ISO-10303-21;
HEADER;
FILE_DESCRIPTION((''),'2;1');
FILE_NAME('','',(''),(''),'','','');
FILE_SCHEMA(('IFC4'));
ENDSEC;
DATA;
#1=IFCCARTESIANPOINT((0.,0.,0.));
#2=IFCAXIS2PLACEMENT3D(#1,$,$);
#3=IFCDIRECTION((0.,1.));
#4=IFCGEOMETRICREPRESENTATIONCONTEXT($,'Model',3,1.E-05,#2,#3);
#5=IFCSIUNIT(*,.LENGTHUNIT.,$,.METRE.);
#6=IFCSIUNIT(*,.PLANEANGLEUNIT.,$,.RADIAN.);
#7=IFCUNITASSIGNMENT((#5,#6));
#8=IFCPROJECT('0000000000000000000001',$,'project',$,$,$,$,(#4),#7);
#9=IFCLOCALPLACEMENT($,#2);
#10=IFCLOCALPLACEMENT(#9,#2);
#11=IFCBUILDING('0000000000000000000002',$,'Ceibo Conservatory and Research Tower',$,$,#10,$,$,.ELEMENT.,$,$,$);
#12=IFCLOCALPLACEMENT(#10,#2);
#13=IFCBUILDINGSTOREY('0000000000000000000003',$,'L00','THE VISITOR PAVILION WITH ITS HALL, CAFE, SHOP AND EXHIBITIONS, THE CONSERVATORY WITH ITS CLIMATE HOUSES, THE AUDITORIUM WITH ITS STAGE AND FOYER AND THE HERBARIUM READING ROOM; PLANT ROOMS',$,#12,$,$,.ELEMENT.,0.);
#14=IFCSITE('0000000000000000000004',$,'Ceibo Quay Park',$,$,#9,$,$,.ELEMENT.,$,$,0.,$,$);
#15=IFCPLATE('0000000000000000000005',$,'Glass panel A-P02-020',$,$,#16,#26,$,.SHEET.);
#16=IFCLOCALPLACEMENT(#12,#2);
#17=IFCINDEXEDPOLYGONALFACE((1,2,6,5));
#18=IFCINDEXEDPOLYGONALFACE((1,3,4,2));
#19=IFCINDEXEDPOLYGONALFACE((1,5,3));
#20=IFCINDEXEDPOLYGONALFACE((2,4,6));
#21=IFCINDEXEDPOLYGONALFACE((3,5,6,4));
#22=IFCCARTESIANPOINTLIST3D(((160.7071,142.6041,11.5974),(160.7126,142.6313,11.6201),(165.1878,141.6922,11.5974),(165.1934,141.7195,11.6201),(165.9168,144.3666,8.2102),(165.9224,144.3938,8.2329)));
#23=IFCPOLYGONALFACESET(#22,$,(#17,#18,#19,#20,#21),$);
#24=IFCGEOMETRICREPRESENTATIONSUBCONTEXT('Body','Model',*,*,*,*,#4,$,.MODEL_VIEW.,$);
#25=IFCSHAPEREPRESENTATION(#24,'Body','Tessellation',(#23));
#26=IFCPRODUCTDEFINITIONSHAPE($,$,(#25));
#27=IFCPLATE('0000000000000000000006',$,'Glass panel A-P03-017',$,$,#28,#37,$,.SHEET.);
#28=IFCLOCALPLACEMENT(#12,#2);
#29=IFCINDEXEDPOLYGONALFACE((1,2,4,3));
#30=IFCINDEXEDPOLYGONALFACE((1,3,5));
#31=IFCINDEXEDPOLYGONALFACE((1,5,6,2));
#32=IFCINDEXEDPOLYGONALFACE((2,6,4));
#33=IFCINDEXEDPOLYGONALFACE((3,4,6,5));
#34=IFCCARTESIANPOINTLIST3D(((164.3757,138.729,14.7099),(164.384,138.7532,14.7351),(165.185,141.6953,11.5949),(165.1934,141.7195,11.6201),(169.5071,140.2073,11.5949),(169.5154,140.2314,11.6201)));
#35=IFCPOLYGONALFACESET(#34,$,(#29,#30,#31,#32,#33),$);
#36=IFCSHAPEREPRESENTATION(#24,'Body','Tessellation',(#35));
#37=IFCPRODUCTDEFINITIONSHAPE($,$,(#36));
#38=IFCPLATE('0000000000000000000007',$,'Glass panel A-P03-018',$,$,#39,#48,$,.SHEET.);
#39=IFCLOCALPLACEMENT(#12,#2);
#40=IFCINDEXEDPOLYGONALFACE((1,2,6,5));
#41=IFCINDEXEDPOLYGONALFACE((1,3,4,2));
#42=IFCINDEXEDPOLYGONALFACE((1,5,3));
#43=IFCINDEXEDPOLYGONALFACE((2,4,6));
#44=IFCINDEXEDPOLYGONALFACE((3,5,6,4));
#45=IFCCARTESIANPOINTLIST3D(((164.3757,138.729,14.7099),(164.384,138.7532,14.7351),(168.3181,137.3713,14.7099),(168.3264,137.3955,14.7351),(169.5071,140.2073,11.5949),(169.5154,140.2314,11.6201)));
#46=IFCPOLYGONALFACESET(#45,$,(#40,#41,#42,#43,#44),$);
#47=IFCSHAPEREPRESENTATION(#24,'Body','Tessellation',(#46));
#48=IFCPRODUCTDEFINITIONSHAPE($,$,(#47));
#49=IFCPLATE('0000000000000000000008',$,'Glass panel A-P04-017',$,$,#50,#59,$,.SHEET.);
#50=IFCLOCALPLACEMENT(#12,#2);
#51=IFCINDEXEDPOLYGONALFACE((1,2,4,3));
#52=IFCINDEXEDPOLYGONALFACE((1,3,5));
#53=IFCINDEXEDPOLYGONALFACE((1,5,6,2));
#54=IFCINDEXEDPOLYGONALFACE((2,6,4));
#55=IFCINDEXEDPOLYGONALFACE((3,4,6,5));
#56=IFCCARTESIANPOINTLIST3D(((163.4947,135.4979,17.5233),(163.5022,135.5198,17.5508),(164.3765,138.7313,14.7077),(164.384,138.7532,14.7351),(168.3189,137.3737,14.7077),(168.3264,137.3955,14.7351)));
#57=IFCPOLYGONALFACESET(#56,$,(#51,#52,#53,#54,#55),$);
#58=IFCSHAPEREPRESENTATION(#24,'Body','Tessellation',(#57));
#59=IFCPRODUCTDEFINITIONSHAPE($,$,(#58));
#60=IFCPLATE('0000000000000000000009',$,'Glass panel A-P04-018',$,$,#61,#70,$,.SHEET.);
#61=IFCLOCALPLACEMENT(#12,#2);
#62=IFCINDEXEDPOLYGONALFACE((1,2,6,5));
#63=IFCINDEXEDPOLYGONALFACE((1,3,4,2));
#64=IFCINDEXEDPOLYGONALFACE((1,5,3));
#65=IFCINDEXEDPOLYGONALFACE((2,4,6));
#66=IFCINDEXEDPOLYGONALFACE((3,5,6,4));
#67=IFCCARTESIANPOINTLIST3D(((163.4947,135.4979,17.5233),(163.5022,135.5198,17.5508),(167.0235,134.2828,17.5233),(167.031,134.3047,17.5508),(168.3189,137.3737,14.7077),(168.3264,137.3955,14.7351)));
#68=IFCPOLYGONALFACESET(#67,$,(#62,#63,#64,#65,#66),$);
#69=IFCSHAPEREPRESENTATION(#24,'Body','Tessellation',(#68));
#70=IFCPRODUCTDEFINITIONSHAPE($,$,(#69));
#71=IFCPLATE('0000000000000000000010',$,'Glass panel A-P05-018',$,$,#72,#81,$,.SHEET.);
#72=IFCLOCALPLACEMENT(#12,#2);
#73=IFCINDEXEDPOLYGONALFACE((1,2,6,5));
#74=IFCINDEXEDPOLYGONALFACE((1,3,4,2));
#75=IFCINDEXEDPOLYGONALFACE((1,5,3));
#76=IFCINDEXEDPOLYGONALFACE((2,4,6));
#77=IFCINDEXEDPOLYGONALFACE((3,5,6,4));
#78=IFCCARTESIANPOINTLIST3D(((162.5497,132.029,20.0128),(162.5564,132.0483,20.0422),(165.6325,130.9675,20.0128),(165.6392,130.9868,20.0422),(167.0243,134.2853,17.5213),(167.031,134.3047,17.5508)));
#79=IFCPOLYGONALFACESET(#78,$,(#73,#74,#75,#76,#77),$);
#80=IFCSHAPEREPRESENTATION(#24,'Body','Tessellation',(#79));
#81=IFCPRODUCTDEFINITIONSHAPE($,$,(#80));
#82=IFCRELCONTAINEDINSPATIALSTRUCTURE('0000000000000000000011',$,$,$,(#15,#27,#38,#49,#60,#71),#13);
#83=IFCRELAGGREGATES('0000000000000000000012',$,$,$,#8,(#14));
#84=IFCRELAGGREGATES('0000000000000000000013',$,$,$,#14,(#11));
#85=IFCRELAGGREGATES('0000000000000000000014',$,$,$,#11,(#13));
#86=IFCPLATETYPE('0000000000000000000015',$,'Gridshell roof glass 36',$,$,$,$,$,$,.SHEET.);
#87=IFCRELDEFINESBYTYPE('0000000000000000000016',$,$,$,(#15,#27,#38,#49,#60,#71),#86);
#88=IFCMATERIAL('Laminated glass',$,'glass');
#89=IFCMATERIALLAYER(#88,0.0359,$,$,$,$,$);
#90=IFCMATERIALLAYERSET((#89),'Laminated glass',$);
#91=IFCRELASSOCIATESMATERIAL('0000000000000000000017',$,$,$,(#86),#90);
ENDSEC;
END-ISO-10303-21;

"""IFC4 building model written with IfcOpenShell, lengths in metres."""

from ifc_helpers import new_model, si_unit, direction, frame, origin, place, context, subcontext, project, spatial, polyline, outline, extrude, material, layer, layer_set, type_object, element, save


model = new_model("IFC4")

# Units and contexts
model_context = context("Model", 3, precision=1e-05, world=origin(), true_north=direction((0.0, 1.0)))
body_context = subcontext(model_context, "Body", "Model", "MODEL_VIEW")
ifc_project = project(units=[si_unit("LENGTHUNIT", "METRE"), si_unit("PLANEANGLEUNIT", "RADIAN")], contexts=[model_context])

# Site, building, storey
site_placement = place(None, origin())
site = spatial("IfcSite", under=ifc_project, at=site_placement, Name="Ceibo Quay Park", CompositionType="ELEMENT", RefElevation=0.0)
building_placement = place(site_placement, origin())
building = spatial("IfcBuilding", under=site, at=building_placement, Name="Ceibo Conservatory and Research Tower", CompositionType="ELEMENT")
storey_placement = place(building_placement, origin())
storey = spatial("IfcBuildingStorey", under=building, at=storey_placement, Name="L00", Description="THE VISITOR PAVILION WITH ITS HALL, CAFE, SHOP AND EXHIBITIONS, THE CONSERVATORY WITH ITS CLIMATE HOUSES, THE AUDITORIUM WITH ITS STAGE AND FOYER AND THE HERBARIUM READING ROOM; PLANT ROOMS", CompositionType="ELEMENT", Elevation=0.0)

# Plates
ifc_material_1 = material(Name="Laminated glass", Category="glass")
ifc_layer = layer(ifc_material_1, 0.0359)
ifc_layer_set = layer_set([ifc_layer], Name="Laminated glass")
plate_type = type_object("IfcPlateType", Name="Gridshell roof glass 36", PredefinedType="SHEET", material=ifc_layer_set)
plate_1_placement = place(storey_placement, frame((165.9224, 144.3938, 8.2329), z_axis=(0.154464, 0.759001, 0.632502), x_axis=(-0.806564, -0.272861, 0.524405)))
element("IfcPlate", 1, at=plate_1_placement, inside=storey, type_object=plate_type, Name="Glass panel A-P02-020", PredefinedType="SHEET", context=body_context, shape_type="SweptSolid", body=[
    extrude(outline(polyline([(0.0, 0.0), (6.4591, 0.0), (3.094, 3.0958), (0.0, 0.0)])), origin(), (0.0, 0.0, -1.0), 0.0359),
])
plate_2_placement = place(storey_placement, frame((169.5154, 140.2314, 11.6201), z_axis=(0.231926, 0.67363, 0.701735), x_axis=(-0.945529, 0.325538, 0.0)))
element("IfcPlate", 2, at=plate_2_placement, inside=storey, type_object=plate_type, Name="Glass panel A-P03-017", PredefinedType="SHEET", context=body_context, shape_type="SweptSolid", body=[
    extrude(outline(polyline([(0.0, 0.0), (4.571, 0.0), (4.3706, 4.3723), (0.0, 0.0)])), origin(), (0.0, 0.0, -1.0), 0.0359),
])
plate_3_placement = place(storey_placement, frame((169.5154, 140.2314, 11.6201), z_axis=(0.231964, 0.673577, 0.701774), x_axis=(-0.830024, -0.239119, 0.503867)))
element("IfcPlate", 3, at=plate_3_placement, inside=storey, type_object=plate_type, Name="Glass panel A-P03-018", PredefinedType="SHEET", context=body_context, shape_type="SweptSolid", body=[
    extrude(outline(polyline([(0.0, 0.0), (6.1822, 0.0), (3.2345, 2.9491), (0.0, 0.0)])), origin(), (0.0, 0.0, -1.0), 0.0359),
])
plate_4_placement = place(storey_placement, frame((168.3264, 137.3955, 14.7351), z_axis=(0.209711, 0.608957, 0.764979), x_axis=(-0.945504, 0.32561, 0.0)))
element("IfcPlate", 4, at=plate_4_placement, inside=storey, type_object=plate_type, Name="Glass panel A-P04-017", PredefinedType="SHEET", context=body_context, shape_type="SweptSolid", body=[
    extrude(outline(polyline([(0.0, 0.0), (4.1696, 0.0), (3.9506, 4.3718), (0.0, 0.0)])), origin(), (0.0, 0.0, -1.0), 0.0359),
])
plate_5_placement = place(storey_placement, frame((168.3264, 137.3955, 14.7351), z_axis=(0.209693, 0.608981, 0.764964), x_axis=(-0.818729, -0.318335, 0.477855)))
element("IfcPlate", 5, at=plate_5_placement, inside=storey, type_object=plate_type, Name="Glass panel A-P04-018", PredefinedType="SHEET", context=body_context, shape_type="SweptSolid", body=[
    extrude(outline(polyline([(0.0, 0.0), (5.8923, 0.0), (3.39, 2.769), (0.0, 0.0)])), origin(), (0.0, 0.0, -1.0), 0.0359),
])
plate_6_placement = place(storey_placement, frame((167.031, 134.3047, 17.5508), z_axis=(0.18562, 0.539058, 0.82156), x_axis=(-0.79954, -0.403173, 0.445183)))
element("IfcPlate", 6, at=plate_6_placement, inside=storey, type_object=plate_type, Name="Glass panel A-P05-018", PredefinedType="SHEET", context=body_context, shape_type="SweptSolid", body=[
    extrude(outline(polyline([(0.0, 0.0), (5.5965, 0.0), (3.5597, 2.5459), (0.0, 0.0)])), origin(), (0.0, 0.0, -1.0), 0.0359),
])

save(model, "model.ifc")
